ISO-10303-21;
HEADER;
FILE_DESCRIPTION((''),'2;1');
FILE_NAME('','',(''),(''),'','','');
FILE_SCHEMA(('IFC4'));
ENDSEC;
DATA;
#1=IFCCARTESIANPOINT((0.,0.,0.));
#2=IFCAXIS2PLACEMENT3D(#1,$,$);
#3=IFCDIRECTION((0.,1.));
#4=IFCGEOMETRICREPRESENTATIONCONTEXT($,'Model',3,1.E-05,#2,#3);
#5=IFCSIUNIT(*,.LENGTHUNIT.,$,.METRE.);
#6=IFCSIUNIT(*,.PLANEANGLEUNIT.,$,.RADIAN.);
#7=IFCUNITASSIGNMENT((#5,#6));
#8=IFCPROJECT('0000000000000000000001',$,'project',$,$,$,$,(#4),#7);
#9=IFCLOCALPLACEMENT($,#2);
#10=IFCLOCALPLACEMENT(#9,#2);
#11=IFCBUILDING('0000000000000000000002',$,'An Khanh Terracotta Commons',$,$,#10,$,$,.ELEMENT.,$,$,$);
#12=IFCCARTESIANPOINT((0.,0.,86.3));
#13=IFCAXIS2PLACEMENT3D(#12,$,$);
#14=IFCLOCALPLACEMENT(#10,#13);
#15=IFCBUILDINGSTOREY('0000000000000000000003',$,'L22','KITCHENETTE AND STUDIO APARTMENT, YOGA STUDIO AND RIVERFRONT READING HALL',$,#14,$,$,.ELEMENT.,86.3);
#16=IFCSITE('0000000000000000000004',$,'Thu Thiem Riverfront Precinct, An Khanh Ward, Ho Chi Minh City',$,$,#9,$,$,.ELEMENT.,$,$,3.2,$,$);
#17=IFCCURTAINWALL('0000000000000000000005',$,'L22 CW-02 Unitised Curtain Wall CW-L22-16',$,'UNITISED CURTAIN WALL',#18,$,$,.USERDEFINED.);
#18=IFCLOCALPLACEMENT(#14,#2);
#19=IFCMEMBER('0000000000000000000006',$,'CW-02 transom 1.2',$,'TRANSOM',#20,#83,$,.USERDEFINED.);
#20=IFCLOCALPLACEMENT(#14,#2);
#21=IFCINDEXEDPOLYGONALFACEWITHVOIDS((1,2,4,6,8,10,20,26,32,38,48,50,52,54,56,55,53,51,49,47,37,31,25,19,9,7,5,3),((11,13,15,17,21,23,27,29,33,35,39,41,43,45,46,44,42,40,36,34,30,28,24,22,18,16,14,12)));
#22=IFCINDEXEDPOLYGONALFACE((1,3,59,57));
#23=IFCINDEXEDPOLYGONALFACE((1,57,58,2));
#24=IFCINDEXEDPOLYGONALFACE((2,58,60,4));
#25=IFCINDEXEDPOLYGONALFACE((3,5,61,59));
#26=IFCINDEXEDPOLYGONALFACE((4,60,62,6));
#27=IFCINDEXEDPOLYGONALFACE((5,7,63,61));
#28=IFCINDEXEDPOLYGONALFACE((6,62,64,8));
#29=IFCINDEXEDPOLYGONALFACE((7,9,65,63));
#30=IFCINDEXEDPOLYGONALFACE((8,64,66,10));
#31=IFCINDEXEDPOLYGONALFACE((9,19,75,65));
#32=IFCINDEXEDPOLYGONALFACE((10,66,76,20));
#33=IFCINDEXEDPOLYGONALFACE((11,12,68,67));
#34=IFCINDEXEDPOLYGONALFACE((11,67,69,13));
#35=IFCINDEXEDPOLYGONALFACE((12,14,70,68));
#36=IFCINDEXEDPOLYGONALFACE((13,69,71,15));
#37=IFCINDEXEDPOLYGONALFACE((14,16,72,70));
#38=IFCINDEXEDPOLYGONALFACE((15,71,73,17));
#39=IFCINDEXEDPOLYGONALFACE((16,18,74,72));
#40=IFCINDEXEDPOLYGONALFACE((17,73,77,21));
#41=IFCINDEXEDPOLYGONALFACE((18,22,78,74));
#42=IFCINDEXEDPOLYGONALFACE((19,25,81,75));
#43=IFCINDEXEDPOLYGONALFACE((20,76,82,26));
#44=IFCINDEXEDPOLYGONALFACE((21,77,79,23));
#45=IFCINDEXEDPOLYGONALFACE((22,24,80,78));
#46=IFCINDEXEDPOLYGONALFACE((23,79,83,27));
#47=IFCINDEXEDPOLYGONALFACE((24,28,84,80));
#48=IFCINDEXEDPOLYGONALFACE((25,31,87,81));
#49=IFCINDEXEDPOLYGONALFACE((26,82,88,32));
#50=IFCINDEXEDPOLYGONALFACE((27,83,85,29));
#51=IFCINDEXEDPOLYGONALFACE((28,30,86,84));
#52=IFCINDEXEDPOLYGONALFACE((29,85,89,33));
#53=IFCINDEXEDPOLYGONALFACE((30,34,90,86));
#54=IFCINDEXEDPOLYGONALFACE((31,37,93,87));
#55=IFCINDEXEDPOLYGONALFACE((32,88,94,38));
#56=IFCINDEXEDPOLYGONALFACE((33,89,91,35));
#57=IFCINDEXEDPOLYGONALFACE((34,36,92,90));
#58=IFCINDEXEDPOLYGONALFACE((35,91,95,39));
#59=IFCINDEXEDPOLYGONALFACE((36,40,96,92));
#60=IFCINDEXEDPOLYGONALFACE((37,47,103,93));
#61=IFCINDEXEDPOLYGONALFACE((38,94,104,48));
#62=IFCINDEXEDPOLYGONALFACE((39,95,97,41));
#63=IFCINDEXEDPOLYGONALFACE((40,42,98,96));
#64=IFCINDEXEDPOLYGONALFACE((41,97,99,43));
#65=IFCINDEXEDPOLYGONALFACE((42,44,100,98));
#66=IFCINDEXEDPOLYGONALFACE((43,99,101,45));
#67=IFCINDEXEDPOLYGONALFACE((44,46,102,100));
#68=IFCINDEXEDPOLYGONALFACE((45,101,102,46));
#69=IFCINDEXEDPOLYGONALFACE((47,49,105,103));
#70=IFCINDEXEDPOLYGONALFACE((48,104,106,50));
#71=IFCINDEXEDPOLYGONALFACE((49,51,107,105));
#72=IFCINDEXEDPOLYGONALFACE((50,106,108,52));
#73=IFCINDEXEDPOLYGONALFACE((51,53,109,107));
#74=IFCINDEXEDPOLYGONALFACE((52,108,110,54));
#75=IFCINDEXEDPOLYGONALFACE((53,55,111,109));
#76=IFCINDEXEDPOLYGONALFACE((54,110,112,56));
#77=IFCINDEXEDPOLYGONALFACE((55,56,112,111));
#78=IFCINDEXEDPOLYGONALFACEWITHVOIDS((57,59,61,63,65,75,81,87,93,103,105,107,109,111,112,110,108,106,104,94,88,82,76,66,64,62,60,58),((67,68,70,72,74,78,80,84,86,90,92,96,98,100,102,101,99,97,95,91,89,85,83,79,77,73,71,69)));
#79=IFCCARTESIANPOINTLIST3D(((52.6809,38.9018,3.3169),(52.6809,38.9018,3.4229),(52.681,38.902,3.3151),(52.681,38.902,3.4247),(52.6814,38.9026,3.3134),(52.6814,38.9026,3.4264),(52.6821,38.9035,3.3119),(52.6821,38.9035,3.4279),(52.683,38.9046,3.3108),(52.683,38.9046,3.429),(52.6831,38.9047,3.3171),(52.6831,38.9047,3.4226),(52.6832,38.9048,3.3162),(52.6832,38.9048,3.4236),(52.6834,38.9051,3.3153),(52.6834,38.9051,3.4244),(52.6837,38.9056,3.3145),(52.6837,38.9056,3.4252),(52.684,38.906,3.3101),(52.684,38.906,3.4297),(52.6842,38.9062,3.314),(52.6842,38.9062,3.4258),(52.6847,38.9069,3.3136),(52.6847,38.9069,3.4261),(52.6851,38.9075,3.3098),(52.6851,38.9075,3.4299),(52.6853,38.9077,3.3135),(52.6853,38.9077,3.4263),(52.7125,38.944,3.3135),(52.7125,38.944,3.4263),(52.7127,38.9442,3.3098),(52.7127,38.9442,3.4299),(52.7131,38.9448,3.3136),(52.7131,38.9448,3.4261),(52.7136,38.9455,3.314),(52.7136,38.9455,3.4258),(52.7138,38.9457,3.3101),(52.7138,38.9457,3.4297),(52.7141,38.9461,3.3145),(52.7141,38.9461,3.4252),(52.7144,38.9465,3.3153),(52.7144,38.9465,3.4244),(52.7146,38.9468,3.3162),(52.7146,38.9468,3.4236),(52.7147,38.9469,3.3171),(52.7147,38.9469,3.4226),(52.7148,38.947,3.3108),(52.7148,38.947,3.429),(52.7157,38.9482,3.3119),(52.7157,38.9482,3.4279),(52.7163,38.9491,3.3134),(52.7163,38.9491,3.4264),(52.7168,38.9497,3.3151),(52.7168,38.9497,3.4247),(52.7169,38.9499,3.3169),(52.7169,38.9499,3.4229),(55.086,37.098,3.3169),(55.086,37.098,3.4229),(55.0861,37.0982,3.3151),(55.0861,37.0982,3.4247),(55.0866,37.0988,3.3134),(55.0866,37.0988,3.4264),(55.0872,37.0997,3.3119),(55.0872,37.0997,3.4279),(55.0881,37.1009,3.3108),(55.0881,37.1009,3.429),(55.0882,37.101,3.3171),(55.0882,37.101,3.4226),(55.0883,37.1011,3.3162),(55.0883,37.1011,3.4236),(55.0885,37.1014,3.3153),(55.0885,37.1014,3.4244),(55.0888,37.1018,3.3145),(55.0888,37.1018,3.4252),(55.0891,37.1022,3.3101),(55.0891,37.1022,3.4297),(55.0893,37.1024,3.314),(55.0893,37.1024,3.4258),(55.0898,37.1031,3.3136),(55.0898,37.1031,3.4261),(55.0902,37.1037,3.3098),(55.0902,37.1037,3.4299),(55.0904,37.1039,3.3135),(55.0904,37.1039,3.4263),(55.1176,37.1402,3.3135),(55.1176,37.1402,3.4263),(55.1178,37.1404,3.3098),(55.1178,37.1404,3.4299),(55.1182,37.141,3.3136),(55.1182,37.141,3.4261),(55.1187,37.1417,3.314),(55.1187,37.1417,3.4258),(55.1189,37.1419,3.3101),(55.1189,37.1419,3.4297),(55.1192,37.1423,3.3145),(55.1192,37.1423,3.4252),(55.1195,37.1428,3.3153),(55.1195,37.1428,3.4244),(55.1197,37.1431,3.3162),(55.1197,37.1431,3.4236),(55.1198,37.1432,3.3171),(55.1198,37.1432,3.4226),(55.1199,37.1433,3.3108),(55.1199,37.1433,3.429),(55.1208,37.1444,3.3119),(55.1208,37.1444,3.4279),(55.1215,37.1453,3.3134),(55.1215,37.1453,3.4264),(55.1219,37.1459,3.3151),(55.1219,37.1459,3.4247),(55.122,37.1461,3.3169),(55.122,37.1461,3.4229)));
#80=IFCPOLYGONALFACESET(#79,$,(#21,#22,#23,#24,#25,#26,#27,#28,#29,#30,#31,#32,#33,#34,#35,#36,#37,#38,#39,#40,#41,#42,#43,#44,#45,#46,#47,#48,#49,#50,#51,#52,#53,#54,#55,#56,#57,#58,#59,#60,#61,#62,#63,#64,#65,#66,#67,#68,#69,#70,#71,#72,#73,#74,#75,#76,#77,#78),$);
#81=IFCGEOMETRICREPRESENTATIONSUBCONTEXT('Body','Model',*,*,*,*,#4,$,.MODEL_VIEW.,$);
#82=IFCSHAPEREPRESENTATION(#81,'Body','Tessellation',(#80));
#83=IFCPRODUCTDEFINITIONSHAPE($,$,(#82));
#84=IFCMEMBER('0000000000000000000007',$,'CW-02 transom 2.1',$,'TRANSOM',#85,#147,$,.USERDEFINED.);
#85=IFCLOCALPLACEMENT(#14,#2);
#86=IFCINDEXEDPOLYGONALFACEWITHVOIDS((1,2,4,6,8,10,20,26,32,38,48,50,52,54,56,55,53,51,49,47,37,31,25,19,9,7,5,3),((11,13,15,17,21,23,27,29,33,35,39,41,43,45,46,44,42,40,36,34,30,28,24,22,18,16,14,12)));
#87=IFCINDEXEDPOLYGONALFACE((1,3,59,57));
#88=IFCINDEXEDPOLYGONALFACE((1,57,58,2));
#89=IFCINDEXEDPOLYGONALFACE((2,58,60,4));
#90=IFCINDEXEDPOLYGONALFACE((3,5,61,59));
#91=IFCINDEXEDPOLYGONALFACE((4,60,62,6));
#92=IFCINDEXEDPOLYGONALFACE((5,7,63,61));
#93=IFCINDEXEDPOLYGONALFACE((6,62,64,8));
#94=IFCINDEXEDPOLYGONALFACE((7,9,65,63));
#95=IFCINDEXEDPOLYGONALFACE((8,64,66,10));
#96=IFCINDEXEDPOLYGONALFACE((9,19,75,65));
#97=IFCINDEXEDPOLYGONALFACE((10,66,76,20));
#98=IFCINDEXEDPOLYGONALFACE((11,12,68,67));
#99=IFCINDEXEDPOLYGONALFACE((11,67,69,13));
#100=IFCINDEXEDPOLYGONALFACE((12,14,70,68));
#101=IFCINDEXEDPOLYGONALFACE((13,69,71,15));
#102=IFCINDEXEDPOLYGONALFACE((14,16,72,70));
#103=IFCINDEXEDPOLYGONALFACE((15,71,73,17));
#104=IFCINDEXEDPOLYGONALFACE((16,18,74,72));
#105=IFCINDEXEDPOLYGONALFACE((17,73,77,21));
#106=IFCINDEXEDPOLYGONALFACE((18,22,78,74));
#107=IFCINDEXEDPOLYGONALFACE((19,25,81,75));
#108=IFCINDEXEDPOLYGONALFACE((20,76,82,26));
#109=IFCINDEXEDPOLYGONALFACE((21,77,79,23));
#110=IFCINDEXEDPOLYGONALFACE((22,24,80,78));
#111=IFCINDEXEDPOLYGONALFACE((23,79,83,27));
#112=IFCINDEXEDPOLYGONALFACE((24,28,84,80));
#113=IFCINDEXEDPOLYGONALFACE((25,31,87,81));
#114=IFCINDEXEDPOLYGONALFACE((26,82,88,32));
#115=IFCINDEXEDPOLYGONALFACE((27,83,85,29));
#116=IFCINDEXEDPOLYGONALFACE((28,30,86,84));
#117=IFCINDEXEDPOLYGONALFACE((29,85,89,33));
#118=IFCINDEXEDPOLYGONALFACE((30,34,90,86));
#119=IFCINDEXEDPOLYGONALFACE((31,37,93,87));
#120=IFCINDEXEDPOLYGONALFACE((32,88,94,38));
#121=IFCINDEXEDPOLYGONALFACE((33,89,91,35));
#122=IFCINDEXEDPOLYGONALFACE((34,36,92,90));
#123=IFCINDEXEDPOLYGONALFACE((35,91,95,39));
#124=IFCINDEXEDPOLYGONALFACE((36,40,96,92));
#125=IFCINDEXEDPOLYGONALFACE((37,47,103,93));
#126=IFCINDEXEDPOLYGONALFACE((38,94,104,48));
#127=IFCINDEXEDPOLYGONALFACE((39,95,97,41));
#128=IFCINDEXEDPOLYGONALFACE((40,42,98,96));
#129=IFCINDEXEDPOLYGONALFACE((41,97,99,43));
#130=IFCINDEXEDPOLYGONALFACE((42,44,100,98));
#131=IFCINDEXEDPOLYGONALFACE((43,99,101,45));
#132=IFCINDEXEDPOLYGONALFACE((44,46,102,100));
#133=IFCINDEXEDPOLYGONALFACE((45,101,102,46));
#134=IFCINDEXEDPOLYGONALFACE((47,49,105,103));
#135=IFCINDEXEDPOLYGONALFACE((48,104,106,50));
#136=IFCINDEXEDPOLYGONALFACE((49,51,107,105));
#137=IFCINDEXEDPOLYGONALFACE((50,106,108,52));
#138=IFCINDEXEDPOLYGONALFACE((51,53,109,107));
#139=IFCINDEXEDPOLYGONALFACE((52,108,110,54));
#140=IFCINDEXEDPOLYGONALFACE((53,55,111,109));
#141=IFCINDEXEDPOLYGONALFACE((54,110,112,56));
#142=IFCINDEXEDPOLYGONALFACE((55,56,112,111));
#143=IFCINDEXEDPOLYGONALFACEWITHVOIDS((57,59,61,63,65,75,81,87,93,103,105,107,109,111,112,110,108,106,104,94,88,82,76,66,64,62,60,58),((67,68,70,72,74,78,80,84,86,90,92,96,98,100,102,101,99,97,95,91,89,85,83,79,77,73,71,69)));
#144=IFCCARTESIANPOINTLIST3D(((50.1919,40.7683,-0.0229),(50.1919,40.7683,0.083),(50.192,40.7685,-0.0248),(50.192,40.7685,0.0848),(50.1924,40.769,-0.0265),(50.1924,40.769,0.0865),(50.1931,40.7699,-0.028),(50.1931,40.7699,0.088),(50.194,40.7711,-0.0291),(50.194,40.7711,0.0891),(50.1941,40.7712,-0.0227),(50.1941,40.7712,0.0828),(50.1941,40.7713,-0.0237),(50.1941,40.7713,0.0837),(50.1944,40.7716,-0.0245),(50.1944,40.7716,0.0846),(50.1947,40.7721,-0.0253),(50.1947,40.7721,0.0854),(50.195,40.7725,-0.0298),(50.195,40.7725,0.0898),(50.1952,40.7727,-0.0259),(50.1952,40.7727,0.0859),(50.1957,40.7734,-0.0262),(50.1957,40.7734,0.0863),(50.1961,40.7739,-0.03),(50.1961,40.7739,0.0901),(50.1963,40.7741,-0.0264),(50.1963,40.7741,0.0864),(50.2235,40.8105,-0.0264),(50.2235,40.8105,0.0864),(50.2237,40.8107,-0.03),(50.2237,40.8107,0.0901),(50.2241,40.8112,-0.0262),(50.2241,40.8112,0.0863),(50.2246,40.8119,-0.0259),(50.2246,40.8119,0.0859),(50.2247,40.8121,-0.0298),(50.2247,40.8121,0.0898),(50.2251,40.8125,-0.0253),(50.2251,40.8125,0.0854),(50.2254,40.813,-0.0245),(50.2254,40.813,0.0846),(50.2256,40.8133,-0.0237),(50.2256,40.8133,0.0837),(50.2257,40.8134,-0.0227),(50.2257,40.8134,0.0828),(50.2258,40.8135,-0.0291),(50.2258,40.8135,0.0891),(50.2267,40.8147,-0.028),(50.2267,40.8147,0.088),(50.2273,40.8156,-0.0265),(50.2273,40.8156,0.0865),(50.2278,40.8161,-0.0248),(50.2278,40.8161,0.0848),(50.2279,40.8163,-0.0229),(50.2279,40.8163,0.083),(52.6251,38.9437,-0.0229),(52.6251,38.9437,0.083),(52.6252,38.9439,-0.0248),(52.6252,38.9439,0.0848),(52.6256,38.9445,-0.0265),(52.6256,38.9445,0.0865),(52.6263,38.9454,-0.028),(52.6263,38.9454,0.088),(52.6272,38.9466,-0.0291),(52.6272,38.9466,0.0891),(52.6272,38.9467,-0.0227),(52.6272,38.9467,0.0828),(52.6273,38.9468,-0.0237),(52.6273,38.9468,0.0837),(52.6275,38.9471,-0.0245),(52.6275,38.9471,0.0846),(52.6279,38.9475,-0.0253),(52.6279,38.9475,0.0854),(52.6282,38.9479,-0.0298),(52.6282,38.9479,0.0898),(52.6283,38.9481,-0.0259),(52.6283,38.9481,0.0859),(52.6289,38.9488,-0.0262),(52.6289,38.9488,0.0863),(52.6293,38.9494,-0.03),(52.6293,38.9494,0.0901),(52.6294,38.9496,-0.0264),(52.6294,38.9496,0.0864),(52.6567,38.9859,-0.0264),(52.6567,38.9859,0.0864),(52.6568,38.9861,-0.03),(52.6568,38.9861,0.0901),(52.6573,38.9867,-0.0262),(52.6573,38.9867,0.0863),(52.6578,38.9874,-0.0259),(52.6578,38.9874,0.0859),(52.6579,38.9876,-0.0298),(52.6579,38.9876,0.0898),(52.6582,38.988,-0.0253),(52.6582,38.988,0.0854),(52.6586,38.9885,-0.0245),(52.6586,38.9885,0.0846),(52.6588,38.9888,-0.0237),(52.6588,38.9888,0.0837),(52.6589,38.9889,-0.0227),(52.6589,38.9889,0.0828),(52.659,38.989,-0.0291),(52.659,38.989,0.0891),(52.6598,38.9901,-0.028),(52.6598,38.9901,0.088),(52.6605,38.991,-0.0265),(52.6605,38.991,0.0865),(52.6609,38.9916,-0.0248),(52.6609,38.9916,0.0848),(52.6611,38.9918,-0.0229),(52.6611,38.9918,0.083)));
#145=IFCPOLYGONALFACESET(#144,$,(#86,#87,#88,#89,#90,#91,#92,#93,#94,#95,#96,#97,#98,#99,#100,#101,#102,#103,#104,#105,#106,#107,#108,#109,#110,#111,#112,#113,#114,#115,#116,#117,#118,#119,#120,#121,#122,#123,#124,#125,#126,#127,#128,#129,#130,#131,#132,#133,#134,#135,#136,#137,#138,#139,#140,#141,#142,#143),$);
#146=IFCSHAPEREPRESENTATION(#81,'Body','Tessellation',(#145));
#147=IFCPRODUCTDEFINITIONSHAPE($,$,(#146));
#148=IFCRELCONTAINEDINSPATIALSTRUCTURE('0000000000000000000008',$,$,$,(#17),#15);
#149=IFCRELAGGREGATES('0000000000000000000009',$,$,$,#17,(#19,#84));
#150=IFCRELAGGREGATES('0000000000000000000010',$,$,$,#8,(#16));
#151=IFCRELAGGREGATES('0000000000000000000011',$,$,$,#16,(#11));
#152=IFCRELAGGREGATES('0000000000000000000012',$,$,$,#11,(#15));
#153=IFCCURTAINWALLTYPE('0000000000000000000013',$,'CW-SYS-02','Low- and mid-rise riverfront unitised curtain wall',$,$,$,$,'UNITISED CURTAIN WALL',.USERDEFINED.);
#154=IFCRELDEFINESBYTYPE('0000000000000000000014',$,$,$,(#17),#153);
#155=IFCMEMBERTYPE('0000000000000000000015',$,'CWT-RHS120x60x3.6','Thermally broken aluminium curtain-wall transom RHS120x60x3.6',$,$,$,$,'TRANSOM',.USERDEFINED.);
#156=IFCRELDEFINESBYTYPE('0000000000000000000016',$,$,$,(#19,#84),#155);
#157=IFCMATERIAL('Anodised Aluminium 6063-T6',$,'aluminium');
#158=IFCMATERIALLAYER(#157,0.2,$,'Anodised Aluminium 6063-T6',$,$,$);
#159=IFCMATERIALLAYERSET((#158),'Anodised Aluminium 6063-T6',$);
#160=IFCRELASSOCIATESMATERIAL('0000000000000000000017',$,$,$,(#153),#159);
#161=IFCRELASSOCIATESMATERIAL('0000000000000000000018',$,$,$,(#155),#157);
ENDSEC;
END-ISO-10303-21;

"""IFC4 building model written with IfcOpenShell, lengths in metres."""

from ifc_helpers import new_model, si_unit, direction, frame, origin, origin_2d, place, context, subcontext, project, spatial, hollow_rectangle, extrude, material, layer, layer_set, material_profile, profile_set, type_object, element, aggregate, save


model = new_model("IFC4")

# Units and contexts
model_context = context("Model", 3, precision=1e-05, world=origin(), true_north=direction((0.0, 1.0)))
body_context = subcontext(model_context, "Body", "Model", "MODEL_VIEW")
ifc_project = project(units=[si_unit("LENGTHUNIT", "METRE"), si_unit("PLANEANGLEUNIT", "RADIAN")], contexts=[model_context])

# Site, building, storey
site_placement = place(None, origin())
site = spatial("IfcSite", under=ifc_project, at=site_placement, Name="Thu Thiem Riverfront Precinct, An Khanh Ward, Ho Chi Minh City", CompositionType="ELEMENT", RefElevation=3.2)
building_placement = place(site_placement, origin())
building = spatial("IfcBuilding", under=site, at=building_placement, Name="An Khanh Terracotta Commons", CompositionType="ELEMENT")
storey_placement = place(building_placement, frame((0.0, 0.0, 86.3)))
storey = spatial("IfcBuildingStorey", under=building, at=storey_placement, Name="L22", Description="KITCHENETTE AND STUDIO APARTMENT, YOGA STUDIO AND RIVERFRONT READING HALL", CompositionType="ELEMENT", Elevation=86.3)

# Shared definitions
ifc_material_1 = material(Name="Anodised Aluminium 6063-T6", Category="aluminium")
ifc_layer_1 = layer(ifc_material_1, 0.2, Name="Anodised Aluminium 6063-T6")
ifc_layer_set_1 = layer_set([ifc_layer_1], Name="Anodised Aluminium 6063-T6")
curtain_wall_type = type_object("IfcCurtainWallType", Name="CW-SYS-02", Description="Low- and mid-rise riverfront unitised curtain wall", ElementType="UNITISED CURTAIN WALL", PredefinedType="USERDEFINED", material=ifc_layer_set_1)

# Curtain wall, members
curtain_wall_1_placement = place(storey_placement, origin())
curtain_wall_1 = element("IfcCurtainWall", 1, at=curtain_wall_1_placement, inside=storey, type_object=curtain_wall_type, Name="L22 CW-02 Unitised Curtain Wall CW-L22-16", ObjectType="UNITISED CURTAIN WALL", PredefinedType="USERDEFINED")
ifc_material_profile_1 = material_profile(ifc_material_1, hollow_rectangle(XDim=0.0601, YDim=0.1201, WallThickness=0.0037, InnerFilletRadius=0.0037, OuterFilletRadius=0.0071, at=origin_2d()), Name="RHS120x60x3.6")
ifc_profile_set_1 = profile_set([ifc_material_profile_1], Name="Anodised Aluminium 6063-T6")
member_type_1 = type_object("IfcMemberType", Name="CWT-RHS120x60x3.6", Description="Thermally broken aluminium curtain-wall transom RHS120x60x3.6", ElementType="TRANSOM", PredefinedType="USERDEFINED", material=ifc_profile_set_1)
member_1_placement = place(storey_placement, frame((55.104, 37.1221, 3.3699), z_axis=(-0.80001, 0.599987, 0.0), x_axis=(-0.599987, -0.80001, 0.0)))
member_1 = element("IfcMember", 2, at=member_1_placement, type_object=member_type_1, Name="CW-02 transom 1.2", ObjectType="TRANSOM", PredefinedType="USERDEFINED", context=body_context, shape_type="SweptSolid", body=[
    extrude(hollow_rectangle(XDim=0.0601, YDim=0.1201, WallThickness=0.0037, InnerFilletRadius=0.0037, OuterFilletRadius=0.0071, at=origin_2d()), origin(), (0.0, 0.0, 1.0), 3.0063),
])
member_2_placement = place(storey_placement, frame((52.6431, 38.9678, 0.03), z_axis=(-0.800058, 0.599923, 0.0), x_axis=(-0.599923, -0.800058, 0.0)))
member_2 = element("IfcMember", 3, at=member_2_placement, type_object=member_type_1, Name="CW-02 transom 2.1", ObjectType="TRANSOM", PredefinedType="USERDEFINED", context=body_context, shape_type="SweptSolid", body=[
    extrude(hollow_rectangle(XDim=0.0601, YDim=0.1201, WallThickness=0.0037, InnerFilletRadius=0.0037, OuterFilletRadius=0.0071, at=origin_2d()), origin(), (0.0, 0.0, 1.0), 3.0413),
])
aggregate(curtain_wall_1, [member_1, member_2])

save(model, "model.ifc")
